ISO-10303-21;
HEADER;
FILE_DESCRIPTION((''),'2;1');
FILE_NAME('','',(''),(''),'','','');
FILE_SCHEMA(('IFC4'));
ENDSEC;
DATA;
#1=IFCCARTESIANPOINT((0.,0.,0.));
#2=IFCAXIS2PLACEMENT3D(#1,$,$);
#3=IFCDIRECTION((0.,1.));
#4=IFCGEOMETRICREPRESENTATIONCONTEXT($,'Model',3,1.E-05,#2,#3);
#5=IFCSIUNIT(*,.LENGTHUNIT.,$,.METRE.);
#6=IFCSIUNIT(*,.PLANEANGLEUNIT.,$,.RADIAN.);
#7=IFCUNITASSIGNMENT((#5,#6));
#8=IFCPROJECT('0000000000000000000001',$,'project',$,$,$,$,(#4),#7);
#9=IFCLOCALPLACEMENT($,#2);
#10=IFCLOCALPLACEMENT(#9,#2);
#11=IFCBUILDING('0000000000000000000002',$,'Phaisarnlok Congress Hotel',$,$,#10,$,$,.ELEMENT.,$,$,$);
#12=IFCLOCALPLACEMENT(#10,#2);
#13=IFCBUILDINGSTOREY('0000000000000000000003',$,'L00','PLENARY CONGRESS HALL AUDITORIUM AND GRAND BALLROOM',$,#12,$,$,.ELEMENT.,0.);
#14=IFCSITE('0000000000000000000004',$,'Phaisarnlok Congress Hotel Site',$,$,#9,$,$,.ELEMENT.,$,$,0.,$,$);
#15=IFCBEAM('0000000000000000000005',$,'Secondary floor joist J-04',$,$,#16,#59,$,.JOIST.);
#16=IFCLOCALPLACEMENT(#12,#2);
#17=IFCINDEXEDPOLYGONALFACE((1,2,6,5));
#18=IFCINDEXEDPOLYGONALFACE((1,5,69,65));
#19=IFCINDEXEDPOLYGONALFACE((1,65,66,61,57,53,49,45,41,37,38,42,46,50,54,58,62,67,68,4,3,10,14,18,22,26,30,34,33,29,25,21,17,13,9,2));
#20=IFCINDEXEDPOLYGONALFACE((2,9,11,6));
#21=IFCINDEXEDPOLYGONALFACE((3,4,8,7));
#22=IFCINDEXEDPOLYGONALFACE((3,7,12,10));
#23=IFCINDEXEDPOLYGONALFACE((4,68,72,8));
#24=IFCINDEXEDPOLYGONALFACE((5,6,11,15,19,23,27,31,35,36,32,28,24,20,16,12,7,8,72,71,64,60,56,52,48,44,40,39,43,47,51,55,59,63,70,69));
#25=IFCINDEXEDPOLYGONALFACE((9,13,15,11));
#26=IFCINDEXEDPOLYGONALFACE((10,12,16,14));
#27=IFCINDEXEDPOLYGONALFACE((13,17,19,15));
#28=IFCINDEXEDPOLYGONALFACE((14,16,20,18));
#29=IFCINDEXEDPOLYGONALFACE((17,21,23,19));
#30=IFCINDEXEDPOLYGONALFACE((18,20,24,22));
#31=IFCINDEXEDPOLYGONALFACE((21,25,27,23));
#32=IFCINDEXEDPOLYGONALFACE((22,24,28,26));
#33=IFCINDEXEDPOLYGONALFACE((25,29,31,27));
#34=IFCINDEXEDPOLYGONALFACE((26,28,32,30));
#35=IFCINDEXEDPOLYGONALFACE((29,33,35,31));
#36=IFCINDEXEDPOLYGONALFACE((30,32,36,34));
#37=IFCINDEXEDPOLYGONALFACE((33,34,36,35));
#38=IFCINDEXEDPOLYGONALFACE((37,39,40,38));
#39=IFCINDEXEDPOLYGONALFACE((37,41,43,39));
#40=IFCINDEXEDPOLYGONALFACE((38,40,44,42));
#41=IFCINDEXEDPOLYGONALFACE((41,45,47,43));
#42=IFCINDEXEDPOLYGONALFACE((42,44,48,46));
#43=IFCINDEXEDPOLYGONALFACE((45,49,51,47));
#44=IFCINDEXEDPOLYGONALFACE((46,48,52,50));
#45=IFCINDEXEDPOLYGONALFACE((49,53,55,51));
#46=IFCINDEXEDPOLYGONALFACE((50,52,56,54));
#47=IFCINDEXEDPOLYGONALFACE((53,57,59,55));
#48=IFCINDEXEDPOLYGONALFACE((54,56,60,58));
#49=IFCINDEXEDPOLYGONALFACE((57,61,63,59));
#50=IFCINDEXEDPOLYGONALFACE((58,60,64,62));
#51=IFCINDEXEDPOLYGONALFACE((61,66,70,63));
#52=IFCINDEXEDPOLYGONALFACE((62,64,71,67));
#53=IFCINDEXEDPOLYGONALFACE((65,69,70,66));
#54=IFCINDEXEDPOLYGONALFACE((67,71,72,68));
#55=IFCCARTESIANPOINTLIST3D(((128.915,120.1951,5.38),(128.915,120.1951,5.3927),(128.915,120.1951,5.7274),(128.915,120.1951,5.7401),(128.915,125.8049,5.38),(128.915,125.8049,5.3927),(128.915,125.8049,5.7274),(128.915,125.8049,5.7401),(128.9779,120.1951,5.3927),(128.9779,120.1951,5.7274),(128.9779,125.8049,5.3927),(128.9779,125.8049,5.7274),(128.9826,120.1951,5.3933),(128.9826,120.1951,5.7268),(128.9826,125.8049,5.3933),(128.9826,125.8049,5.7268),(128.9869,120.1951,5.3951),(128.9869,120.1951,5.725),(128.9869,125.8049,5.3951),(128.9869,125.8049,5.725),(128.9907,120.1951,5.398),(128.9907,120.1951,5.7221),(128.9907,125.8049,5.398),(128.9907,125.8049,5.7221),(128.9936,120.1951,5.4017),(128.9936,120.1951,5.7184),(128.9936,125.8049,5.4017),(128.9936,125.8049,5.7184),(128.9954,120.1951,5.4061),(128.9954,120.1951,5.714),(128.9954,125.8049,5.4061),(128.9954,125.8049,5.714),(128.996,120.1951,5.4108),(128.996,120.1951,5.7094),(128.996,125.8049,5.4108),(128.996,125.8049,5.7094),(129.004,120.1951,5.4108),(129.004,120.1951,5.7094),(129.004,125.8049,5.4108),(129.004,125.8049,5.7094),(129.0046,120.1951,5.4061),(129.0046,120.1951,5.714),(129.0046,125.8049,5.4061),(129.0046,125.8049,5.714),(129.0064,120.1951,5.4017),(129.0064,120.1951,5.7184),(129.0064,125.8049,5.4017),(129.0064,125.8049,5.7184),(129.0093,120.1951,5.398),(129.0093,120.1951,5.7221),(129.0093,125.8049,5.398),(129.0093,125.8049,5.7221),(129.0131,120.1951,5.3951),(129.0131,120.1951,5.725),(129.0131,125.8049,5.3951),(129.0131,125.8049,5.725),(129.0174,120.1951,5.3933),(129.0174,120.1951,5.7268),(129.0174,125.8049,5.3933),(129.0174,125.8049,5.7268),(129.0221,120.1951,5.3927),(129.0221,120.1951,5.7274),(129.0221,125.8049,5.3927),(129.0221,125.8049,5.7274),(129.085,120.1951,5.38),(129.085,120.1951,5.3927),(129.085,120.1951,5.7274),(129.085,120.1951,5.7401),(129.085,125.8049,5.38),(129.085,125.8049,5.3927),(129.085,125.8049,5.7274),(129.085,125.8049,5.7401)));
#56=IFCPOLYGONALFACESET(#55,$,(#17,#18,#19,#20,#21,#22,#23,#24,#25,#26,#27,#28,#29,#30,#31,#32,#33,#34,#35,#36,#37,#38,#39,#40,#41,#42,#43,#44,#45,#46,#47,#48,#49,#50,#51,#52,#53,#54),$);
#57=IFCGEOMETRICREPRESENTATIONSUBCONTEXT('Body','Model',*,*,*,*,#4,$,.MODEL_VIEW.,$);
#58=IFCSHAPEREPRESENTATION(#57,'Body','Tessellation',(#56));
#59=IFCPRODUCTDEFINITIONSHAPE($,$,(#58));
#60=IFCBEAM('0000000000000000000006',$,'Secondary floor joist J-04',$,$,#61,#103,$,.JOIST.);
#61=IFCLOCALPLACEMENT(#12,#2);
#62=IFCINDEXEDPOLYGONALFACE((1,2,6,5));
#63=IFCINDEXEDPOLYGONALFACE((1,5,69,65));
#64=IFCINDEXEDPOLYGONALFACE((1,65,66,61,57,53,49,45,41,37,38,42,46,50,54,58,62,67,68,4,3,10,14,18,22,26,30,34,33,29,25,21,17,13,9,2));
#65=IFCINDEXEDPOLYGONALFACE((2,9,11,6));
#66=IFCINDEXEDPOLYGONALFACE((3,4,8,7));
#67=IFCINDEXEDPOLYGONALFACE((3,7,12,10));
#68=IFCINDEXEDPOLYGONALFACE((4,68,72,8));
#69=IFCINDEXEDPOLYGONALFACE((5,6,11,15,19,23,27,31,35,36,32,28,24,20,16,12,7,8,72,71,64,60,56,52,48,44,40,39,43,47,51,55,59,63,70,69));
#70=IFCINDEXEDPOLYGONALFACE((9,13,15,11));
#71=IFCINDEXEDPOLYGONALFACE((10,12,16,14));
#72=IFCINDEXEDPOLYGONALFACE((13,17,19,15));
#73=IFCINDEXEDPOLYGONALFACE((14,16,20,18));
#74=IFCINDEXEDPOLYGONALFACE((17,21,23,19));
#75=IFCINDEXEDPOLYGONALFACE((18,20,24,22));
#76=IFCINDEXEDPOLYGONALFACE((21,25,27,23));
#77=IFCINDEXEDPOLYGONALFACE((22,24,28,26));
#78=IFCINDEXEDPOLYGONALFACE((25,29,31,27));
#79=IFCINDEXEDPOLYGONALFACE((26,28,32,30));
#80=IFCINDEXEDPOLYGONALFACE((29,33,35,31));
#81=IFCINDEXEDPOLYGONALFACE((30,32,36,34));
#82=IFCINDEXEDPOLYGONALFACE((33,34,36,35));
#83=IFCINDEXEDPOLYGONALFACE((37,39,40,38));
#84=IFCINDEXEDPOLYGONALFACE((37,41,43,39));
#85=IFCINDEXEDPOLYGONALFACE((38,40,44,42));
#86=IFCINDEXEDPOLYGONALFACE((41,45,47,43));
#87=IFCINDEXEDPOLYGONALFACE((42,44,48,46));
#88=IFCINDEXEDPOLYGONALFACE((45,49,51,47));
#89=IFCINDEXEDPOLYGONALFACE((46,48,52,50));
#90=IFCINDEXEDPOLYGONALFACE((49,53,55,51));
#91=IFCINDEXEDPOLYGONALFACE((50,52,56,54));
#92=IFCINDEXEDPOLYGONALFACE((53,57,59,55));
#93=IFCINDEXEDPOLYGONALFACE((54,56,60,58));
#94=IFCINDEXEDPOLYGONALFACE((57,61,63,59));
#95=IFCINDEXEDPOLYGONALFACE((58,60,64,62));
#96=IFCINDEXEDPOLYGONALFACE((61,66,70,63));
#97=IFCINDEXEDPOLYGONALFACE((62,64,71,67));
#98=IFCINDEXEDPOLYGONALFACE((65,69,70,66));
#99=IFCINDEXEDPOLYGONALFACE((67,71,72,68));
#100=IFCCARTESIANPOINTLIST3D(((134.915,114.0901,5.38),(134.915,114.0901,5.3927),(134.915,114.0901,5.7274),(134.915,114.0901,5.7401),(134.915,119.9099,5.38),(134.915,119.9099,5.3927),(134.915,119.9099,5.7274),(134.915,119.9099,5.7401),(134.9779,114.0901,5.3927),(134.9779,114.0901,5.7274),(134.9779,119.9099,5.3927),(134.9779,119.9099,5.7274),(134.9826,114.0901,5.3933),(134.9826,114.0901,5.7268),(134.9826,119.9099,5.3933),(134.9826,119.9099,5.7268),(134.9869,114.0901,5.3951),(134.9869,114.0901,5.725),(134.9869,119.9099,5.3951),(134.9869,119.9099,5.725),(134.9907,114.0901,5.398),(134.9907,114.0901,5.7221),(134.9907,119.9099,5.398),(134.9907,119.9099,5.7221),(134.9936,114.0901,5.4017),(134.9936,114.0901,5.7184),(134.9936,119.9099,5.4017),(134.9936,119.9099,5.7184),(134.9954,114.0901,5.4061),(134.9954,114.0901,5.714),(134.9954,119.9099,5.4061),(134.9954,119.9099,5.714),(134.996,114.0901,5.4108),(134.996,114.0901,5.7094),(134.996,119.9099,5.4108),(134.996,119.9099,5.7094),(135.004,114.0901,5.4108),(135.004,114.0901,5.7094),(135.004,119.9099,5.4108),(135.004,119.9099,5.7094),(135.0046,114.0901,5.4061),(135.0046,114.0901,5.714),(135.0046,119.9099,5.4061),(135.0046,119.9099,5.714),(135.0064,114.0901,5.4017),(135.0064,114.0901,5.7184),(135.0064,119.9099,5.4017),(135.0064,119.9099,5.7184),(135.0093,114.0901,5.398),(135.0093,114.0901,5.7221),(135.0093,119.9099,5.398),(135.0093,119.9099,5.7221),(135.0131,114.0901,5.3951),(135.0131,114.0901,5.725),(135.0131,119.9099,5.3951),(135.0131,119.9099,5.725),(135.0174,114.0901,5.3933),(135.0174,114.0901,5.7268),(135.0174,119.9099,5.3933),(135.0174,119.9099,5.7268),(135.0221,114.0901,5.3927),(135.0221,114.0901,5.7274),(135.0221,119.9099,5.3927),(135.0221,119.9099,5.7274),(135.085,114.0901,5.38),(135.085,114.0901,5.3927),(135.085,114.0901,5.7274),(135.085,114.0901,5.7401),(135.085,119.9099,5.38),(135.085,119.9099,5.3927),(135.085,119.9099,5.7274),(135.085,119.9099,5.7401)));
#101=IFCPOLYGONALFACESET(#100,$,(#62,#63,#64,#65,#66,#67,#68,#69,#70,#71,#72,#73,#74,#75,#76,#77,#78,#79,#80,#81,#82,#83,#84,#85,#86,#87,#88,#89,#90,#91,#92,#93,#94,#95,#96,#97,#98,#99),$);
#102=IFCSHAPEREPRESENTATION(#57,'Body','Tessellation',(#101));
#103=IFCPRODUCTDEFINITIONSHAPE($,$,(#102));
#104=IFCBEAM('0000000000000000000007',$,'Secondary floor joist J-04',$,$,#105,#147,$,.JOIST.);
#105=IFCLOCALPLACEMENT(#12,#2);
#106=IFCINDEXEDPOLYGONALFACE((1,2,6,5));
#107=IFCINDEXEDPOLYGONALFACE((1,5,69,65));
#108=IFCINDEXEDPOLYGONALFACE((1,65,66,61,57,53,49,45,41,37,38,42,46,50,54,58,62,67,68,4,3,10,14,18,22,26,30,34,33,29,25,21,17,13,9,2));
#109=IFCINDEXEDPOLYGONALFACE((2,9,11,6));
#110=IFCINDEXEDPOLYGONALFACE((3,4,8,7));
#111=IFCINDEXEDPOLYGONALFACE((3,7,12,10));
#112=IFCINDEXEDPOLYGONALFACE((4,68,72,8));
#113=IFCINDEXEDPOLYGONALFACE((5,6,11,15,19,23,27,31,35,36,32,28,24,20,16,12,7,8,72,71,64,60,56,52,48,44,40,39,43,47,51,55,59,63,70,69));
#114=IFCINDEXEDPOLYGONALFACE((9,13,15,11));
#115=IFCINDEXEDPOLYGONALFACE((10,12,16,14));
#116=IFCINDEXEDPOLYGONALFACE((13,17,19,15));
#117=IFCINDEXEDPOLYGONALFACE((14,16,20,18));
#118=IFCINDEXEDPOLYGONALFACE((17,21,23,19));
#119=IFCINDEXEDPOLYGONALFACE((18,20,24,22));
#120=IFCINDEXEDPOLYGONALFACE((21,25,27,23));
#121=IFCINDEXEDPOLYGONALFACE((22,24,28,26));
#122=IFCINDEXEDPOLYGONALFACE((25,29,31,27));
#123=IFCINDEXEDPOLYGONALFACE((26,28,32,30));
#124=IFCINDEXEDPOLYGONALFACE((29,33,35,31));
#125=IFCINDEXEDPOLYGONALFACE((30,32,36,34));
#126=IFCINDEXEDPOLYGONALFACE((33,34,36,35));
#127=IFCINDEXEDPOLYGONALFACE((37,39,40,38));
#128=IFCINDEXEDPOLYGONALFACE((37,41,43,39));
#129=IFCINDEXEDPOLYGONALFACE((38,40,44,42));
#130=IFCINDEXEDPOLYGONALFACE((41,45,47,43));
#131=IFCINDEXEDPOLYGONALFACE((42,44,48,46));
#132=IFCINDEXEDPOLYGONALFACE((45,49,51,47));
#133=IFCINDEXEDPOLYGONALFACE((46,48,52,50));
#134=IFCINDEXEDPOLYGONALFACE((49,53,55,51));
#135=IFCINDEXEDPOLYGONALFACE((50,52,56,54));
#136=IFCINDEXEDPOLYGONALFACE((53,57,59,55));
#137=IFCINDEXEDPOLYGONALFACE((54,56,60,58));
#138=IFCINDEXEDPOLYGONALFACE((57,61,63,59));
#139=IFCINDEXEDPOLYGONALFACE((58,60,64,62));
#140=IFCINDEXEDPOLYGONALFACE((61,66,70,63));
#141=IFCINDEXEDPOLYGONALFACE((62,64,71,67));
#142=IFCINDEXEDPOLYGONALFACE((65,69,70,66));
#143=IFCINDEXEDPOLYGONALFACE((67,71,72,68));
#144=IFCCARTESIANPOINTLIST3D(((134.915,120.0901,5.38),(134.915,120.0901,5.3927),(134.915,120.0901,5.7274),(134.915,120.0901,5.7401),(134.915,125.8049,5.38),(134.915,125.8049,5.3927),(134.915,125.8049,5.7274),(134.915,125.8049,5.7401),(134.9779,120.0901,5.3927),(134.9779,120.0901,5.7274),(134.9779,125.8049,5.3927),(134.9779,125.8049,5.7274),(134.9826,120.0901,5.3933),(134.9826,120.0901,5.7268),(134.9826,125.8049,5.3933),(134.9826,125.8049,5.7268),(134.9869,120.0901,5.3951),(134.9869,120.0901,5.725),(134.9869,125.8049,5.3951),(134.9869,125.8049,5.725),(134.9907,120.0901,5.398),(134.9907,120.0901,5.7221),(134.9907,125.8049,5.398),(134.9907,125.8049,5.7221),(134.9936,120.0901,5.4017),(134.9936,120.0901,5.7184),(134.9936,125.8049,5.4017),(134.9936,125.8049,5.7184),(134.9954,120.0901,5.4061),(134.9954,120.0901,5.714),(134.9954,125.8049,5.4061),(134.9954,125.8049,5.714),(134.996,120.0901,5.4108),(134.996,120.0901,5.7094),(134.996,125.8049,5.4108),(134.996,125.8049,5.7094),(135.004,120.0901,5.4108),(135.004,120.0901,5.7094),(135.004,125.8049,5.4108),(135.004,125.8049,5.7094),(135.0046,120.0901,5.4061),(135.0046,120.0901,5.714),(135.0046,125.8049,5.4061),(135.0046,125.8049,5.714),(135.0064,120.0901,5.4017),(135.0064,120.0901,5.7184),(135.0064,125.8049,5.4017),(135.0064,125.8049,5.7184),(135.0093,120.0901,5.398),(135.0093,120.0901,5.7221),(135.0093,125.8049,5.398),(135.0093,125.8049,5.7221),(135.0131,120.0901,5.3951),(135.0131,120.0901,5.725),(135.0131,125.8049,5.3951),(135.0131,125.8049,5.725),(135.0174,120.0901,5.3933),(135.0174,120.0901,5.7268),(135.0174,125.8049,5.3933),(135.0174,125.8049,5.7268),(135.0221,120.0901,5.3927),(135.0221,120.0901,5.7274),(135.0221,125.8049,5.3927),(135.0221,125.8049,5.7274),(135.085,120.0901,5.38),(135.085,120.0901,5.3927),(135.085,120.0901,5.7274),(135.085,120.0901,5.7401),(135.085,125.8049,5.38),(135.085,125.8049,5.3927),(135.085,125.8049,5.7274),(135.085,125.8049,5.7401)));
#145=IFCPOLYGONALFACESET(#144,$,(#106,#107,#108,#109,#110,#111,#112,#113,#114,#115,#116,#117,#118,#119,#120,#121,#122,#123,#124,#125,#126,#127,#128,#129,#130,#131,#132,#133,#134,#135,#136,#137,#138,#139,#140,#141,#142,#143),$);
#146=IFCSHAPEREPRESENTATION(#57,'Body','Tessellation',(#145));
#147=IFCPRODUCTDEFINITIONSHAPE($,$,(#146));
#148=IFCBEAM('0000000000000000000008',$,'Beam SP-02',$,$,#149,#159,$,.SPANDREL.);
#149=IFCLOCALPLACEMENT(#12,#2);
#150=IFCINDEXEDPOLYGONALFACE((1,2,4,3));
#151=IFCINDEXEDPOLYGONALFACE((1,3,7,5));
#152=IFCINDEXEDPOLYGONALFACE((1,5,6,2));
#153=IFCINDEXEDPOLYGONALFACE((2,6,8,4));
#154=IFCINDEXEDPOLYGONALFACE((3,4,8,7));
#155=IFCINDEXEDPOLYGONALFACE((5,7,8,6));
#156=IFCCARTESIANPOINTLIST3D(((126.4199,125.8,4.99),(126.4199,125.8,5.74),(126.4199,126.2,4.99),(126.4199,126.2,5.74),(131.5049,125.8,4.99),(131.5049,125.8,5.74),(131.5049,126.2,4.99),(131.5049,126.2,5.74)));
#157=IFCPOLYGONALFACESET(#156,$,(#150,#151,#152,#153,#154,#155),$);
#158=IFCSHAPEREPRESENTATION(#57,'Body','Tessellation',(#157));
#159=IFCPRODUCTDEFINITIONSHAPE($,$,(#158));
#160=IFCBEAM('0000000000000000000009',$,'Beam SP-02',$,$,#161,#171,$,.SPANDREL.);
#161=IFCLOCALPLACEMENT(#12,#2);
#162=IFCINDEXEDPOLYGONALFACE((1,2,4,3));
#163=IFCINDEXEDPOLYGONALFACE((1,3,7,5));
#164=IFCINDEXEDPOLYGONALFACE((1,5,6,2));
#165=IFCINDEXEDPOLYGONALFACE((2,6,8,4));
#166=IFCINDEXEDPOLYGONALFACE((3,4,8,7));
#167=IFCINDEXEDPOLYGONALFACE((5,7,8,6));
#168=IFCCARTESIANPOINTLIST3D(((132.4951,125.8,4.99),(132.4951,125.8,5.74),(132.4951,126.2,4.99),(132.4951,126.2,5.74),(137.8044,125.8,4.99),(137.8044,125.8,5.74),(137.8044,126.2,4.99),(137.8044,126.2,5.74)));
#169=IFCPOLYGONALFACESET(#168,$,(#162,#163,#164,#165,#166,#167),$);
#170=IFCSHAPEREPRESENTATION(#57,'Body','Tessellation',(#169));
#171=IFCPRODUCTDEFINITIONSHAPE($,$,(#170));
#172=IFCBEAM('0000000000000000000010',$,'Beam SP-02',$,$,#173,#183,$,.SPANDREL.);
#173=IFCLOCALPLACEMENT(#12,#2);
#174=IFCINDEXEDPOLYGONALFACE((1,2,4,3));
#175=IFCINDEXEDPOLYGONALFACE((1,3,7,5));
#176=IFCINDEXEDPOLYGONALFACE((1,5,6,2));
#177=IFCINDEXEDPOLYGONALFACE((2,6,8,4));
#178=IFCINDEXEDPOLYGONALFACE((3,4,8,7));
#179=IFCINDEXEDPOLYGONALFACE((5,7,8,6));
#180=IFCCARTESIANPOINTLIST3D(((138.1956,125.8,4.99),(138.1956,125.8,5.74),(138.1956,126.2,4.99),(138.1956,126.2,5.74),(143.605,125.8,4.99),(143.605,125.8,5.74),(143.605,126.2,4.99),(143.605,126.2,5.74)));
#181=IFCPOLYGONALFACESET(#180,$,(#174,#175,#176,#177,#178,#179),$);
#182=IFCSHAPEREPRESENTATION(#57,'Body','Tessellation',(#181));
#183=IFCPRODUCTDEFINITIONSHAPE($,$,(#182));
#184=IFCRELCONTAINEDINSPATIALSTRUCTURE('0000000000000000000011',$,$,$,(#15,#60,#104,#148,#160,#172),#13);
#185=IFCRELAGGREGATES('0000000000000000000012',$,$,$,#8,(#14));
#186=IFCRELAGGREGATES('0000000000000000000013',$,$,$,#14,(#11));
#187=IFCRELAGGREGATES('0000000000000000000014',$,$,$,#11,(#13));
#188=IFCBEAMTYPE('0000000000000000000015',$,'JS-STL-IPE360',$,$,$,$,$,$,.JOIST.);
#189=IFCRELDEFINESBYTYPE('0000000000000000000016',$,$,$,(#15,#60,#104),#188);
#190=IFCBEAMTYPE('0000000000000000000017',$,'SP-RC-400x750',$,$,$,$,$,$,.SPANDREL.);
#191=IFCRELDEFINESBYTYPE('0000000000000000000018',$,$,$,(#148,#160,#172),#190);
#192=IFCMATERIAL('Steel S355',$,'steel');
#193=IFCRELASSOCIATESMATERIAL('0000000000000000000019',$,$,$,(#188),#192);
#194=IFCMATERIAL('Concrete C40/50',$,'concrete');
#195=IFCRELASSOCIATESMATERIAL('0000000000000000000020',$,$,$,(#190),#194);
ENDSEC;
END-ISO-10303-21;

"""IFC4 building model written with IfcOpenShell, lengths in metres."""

from ifc_helpers import new_model, si_unit, direction, frame, origin, origin_2d, place, context, subcontext, project, spatial, rectangle, i_section, extrude, material, material_profile, profile_set, type_object, element, save


model = new_model("IFC4")

# Units and contexts
model_context = context("Model", 3, precision=1e-05, world=origin(), true_north=direction((0.0, 1.0)))
body_context = subcontext(model_context, "Body", "Model", "MODEL_VIEW")
ifc_project = project(units=[si_unit("LENGTHUNIT", "METRE"), si_unit("PLANEANGLEUNIT", "RADIAN")], contexts=[model_context])

# Site, building, storey
site_placement = place(None, origin())
site = spatial("IfcSite", under=ifc_project, at=site_placement, Name="Phaisarnlok Congress Hotel Site", CompositionType="ELEMENT", RefElevation=0.0)
building_placement = place(site_placement, origin())
building = spatial("IfcBuilding", under=site, at=building_placement, Name="Phaisarnlok Congress Hotel", CompositionType="ELEMENT")
storey_placement = place(building_placement, origin())
storey = spatial("IfcBuildingStorey", under=building, at=storey_placement, Name="L00", Description="PLENARY CONGRESS HALL AUDITORIUM AND GRAND BALLROOM", CompositionType="ELEMENT", Elevation=0.0)

# Shared definitions
ifc_material_1 = material(Name="Steel S355", Category="steel")

# Beams
ifc_material_2 = material(Name="Concrete C40/50", Category="concrete")
ifc_material_profile_1 = material_profile(ifc_material_1, i_section(OverallWidth=0.1699, OverallDepth=0.3601, WebThickness=0.0081, FlangeThickness=0.0127, FilletRadius=0.0181, at=origin_2d()), Name="IPE 360")
ifc_profile_set_1 = profile_set([ifc_material_profile_1], Name="Steel S355")
beam_type_1 = type_object("IfcBeamType", Name="JS-STL-IPE360", PredefinedType="JOIST", material=ifc_profile_set_1)
for number, where, z_axis, x_axis, name in (
    (1, (129.0, 120.1951, 5.5601), (0.0, 1.0, 0.0), (-1.0, 0.0, 0.0), "Secondary floor joist J-04"),
):
    element("IfcBeam", number, at=place(storey_placement, frame(where, z_axis=z_axis, x_axis=x_axis)), inside=storey, type_object=beam_type_1, Name=name, PredefinedType="JOIST", context=body_context, shape_type="SweptSolid", body=[
        extrude(i_section(OverallWidth=0.1699, OverallDepth=0.3601, WebThickness=0.0081, FlangeThickness=0.0127, FilletRadius=0.0181, at=origin_2d()), origin(), (0.0, 0.0, 1.0), 5.6099),
    ])
beam_1_placement = place(storey_placement, frame((135.0, 114.0901, 5.5601), z_axis=(0.0, 1.0, 0.0), x_axis=(-1.0, 0.0, 0.0)))
element("IfcBeam", 2, at=beam_1_placement, inside=storey, type_object=beam_type_1, Name="Secondary floor joist J-04", PredefinedType="JOIST", context=body_context, shape_type="SweptSolid", body=[
    extrude(i_section(OverallWidth=0.1699, OverallDepth=0.3601, WebThickness=0.0081, FlangeThickness=0.0127, FilletRadius=0.0181, at=origin_2d()), origin(), (0.0, 0.0, 1.0), 5.8198),
])
beam_2_placement = place(storey_placement, frame((135.0, 120.0901, 5.5601), z_axis=(0.0, 1.0, 0.0), x_axis=(-1.0, 0.0, 0.0)))
element("IfcBeam", 3, at=beam_2_placement, inside=storey, type_object=beam_type_1, Name="Secondary floor joist J-04", PredefinedType="JOIST", context=body_context, shape_type="SweptSolid", body=[
    extrude(i_section(OverallWidth=0.1699, OverallDepth=0.3601, WebThickness=0.0081, FlangeThickness=0.0127, FilletRadius=0.0181, at=origin_2d()), origin(), (0.0, 0.0, 1.0), 5.7148),
])
ifc_material_profile_2 = material_profile(ifc_material_2, rectangle(XDim=0.3999, YDim=0.75, at=origin_2d()), Name="RC 400x750")
ifc_profile_set_2 = profile_set([ifc_material_profile_2], Name="Concrete C40/50")
beam_type_2 = type_object("IfcBeamType", Name="SP-RC-400x750", PredefinedType="SPANDREL", material=ifc_profile_set_2)
beam_3_placement = place(storey_placement, frame((126.4199, 126.0, 5.365), z_axis=(1.0, 0.0, 0.0), x_axis=(0.0, 1.0, 0.0)))
element("IfcBeam", 4, at=beam_3_placement, inside=storey, type_object=beam_type_2, Name="Beam SP-02", PredefinedType="SPANDREL", context=body_context, shape_type="SweptSolid", body=[
    extrude(rectangle(XDim=0.3999, YDim=0.75, at=origin_2d()), origin(), (0.0, 0.0, 1.0), 5.085),
])
beam_4_placement = place(storey_placement, frame((132.4951, 126.0, 5.365), z_axis=(1.0, 0.0, 0.0), x_axis=(0.0, 1.0, 0.0)))
element("IfcBeam", 5, at=beam_4_placement, inside=storey, type_object=beam_type_2, Name="Beam SP-02", PredefinedType="SPANDREL", context=body_context, shape_type="SweptSolid", body=[
    extrude(rectangle(XDim=0.3999, YDim=0.75, at=origin_2d()), origin(), (0.0, 0.0, 1.0), 5.3093),
])
beam_5_placement = place(storey_placement, frame((138.1956, 126.0, 5.365), z_axis=(1.0, 0.0, 0.0), x_axis=(0.0, 1.0, 0.0)))
element("IfcBeam", 6, at=beam_5_placement, inside=storey, type_object=beam_type_2, Name="Beam SP-02", PredefinedType="SPANDREL", context=body_context, shape_type="SweptSolid", body=[
    extrude(rectangle(XDim=0.3999, YDim=0.75, at=origin_2d()), origin(), (0.0, 0.0, 1.0), 5.4094),
])

save(model, "model.ifc")
